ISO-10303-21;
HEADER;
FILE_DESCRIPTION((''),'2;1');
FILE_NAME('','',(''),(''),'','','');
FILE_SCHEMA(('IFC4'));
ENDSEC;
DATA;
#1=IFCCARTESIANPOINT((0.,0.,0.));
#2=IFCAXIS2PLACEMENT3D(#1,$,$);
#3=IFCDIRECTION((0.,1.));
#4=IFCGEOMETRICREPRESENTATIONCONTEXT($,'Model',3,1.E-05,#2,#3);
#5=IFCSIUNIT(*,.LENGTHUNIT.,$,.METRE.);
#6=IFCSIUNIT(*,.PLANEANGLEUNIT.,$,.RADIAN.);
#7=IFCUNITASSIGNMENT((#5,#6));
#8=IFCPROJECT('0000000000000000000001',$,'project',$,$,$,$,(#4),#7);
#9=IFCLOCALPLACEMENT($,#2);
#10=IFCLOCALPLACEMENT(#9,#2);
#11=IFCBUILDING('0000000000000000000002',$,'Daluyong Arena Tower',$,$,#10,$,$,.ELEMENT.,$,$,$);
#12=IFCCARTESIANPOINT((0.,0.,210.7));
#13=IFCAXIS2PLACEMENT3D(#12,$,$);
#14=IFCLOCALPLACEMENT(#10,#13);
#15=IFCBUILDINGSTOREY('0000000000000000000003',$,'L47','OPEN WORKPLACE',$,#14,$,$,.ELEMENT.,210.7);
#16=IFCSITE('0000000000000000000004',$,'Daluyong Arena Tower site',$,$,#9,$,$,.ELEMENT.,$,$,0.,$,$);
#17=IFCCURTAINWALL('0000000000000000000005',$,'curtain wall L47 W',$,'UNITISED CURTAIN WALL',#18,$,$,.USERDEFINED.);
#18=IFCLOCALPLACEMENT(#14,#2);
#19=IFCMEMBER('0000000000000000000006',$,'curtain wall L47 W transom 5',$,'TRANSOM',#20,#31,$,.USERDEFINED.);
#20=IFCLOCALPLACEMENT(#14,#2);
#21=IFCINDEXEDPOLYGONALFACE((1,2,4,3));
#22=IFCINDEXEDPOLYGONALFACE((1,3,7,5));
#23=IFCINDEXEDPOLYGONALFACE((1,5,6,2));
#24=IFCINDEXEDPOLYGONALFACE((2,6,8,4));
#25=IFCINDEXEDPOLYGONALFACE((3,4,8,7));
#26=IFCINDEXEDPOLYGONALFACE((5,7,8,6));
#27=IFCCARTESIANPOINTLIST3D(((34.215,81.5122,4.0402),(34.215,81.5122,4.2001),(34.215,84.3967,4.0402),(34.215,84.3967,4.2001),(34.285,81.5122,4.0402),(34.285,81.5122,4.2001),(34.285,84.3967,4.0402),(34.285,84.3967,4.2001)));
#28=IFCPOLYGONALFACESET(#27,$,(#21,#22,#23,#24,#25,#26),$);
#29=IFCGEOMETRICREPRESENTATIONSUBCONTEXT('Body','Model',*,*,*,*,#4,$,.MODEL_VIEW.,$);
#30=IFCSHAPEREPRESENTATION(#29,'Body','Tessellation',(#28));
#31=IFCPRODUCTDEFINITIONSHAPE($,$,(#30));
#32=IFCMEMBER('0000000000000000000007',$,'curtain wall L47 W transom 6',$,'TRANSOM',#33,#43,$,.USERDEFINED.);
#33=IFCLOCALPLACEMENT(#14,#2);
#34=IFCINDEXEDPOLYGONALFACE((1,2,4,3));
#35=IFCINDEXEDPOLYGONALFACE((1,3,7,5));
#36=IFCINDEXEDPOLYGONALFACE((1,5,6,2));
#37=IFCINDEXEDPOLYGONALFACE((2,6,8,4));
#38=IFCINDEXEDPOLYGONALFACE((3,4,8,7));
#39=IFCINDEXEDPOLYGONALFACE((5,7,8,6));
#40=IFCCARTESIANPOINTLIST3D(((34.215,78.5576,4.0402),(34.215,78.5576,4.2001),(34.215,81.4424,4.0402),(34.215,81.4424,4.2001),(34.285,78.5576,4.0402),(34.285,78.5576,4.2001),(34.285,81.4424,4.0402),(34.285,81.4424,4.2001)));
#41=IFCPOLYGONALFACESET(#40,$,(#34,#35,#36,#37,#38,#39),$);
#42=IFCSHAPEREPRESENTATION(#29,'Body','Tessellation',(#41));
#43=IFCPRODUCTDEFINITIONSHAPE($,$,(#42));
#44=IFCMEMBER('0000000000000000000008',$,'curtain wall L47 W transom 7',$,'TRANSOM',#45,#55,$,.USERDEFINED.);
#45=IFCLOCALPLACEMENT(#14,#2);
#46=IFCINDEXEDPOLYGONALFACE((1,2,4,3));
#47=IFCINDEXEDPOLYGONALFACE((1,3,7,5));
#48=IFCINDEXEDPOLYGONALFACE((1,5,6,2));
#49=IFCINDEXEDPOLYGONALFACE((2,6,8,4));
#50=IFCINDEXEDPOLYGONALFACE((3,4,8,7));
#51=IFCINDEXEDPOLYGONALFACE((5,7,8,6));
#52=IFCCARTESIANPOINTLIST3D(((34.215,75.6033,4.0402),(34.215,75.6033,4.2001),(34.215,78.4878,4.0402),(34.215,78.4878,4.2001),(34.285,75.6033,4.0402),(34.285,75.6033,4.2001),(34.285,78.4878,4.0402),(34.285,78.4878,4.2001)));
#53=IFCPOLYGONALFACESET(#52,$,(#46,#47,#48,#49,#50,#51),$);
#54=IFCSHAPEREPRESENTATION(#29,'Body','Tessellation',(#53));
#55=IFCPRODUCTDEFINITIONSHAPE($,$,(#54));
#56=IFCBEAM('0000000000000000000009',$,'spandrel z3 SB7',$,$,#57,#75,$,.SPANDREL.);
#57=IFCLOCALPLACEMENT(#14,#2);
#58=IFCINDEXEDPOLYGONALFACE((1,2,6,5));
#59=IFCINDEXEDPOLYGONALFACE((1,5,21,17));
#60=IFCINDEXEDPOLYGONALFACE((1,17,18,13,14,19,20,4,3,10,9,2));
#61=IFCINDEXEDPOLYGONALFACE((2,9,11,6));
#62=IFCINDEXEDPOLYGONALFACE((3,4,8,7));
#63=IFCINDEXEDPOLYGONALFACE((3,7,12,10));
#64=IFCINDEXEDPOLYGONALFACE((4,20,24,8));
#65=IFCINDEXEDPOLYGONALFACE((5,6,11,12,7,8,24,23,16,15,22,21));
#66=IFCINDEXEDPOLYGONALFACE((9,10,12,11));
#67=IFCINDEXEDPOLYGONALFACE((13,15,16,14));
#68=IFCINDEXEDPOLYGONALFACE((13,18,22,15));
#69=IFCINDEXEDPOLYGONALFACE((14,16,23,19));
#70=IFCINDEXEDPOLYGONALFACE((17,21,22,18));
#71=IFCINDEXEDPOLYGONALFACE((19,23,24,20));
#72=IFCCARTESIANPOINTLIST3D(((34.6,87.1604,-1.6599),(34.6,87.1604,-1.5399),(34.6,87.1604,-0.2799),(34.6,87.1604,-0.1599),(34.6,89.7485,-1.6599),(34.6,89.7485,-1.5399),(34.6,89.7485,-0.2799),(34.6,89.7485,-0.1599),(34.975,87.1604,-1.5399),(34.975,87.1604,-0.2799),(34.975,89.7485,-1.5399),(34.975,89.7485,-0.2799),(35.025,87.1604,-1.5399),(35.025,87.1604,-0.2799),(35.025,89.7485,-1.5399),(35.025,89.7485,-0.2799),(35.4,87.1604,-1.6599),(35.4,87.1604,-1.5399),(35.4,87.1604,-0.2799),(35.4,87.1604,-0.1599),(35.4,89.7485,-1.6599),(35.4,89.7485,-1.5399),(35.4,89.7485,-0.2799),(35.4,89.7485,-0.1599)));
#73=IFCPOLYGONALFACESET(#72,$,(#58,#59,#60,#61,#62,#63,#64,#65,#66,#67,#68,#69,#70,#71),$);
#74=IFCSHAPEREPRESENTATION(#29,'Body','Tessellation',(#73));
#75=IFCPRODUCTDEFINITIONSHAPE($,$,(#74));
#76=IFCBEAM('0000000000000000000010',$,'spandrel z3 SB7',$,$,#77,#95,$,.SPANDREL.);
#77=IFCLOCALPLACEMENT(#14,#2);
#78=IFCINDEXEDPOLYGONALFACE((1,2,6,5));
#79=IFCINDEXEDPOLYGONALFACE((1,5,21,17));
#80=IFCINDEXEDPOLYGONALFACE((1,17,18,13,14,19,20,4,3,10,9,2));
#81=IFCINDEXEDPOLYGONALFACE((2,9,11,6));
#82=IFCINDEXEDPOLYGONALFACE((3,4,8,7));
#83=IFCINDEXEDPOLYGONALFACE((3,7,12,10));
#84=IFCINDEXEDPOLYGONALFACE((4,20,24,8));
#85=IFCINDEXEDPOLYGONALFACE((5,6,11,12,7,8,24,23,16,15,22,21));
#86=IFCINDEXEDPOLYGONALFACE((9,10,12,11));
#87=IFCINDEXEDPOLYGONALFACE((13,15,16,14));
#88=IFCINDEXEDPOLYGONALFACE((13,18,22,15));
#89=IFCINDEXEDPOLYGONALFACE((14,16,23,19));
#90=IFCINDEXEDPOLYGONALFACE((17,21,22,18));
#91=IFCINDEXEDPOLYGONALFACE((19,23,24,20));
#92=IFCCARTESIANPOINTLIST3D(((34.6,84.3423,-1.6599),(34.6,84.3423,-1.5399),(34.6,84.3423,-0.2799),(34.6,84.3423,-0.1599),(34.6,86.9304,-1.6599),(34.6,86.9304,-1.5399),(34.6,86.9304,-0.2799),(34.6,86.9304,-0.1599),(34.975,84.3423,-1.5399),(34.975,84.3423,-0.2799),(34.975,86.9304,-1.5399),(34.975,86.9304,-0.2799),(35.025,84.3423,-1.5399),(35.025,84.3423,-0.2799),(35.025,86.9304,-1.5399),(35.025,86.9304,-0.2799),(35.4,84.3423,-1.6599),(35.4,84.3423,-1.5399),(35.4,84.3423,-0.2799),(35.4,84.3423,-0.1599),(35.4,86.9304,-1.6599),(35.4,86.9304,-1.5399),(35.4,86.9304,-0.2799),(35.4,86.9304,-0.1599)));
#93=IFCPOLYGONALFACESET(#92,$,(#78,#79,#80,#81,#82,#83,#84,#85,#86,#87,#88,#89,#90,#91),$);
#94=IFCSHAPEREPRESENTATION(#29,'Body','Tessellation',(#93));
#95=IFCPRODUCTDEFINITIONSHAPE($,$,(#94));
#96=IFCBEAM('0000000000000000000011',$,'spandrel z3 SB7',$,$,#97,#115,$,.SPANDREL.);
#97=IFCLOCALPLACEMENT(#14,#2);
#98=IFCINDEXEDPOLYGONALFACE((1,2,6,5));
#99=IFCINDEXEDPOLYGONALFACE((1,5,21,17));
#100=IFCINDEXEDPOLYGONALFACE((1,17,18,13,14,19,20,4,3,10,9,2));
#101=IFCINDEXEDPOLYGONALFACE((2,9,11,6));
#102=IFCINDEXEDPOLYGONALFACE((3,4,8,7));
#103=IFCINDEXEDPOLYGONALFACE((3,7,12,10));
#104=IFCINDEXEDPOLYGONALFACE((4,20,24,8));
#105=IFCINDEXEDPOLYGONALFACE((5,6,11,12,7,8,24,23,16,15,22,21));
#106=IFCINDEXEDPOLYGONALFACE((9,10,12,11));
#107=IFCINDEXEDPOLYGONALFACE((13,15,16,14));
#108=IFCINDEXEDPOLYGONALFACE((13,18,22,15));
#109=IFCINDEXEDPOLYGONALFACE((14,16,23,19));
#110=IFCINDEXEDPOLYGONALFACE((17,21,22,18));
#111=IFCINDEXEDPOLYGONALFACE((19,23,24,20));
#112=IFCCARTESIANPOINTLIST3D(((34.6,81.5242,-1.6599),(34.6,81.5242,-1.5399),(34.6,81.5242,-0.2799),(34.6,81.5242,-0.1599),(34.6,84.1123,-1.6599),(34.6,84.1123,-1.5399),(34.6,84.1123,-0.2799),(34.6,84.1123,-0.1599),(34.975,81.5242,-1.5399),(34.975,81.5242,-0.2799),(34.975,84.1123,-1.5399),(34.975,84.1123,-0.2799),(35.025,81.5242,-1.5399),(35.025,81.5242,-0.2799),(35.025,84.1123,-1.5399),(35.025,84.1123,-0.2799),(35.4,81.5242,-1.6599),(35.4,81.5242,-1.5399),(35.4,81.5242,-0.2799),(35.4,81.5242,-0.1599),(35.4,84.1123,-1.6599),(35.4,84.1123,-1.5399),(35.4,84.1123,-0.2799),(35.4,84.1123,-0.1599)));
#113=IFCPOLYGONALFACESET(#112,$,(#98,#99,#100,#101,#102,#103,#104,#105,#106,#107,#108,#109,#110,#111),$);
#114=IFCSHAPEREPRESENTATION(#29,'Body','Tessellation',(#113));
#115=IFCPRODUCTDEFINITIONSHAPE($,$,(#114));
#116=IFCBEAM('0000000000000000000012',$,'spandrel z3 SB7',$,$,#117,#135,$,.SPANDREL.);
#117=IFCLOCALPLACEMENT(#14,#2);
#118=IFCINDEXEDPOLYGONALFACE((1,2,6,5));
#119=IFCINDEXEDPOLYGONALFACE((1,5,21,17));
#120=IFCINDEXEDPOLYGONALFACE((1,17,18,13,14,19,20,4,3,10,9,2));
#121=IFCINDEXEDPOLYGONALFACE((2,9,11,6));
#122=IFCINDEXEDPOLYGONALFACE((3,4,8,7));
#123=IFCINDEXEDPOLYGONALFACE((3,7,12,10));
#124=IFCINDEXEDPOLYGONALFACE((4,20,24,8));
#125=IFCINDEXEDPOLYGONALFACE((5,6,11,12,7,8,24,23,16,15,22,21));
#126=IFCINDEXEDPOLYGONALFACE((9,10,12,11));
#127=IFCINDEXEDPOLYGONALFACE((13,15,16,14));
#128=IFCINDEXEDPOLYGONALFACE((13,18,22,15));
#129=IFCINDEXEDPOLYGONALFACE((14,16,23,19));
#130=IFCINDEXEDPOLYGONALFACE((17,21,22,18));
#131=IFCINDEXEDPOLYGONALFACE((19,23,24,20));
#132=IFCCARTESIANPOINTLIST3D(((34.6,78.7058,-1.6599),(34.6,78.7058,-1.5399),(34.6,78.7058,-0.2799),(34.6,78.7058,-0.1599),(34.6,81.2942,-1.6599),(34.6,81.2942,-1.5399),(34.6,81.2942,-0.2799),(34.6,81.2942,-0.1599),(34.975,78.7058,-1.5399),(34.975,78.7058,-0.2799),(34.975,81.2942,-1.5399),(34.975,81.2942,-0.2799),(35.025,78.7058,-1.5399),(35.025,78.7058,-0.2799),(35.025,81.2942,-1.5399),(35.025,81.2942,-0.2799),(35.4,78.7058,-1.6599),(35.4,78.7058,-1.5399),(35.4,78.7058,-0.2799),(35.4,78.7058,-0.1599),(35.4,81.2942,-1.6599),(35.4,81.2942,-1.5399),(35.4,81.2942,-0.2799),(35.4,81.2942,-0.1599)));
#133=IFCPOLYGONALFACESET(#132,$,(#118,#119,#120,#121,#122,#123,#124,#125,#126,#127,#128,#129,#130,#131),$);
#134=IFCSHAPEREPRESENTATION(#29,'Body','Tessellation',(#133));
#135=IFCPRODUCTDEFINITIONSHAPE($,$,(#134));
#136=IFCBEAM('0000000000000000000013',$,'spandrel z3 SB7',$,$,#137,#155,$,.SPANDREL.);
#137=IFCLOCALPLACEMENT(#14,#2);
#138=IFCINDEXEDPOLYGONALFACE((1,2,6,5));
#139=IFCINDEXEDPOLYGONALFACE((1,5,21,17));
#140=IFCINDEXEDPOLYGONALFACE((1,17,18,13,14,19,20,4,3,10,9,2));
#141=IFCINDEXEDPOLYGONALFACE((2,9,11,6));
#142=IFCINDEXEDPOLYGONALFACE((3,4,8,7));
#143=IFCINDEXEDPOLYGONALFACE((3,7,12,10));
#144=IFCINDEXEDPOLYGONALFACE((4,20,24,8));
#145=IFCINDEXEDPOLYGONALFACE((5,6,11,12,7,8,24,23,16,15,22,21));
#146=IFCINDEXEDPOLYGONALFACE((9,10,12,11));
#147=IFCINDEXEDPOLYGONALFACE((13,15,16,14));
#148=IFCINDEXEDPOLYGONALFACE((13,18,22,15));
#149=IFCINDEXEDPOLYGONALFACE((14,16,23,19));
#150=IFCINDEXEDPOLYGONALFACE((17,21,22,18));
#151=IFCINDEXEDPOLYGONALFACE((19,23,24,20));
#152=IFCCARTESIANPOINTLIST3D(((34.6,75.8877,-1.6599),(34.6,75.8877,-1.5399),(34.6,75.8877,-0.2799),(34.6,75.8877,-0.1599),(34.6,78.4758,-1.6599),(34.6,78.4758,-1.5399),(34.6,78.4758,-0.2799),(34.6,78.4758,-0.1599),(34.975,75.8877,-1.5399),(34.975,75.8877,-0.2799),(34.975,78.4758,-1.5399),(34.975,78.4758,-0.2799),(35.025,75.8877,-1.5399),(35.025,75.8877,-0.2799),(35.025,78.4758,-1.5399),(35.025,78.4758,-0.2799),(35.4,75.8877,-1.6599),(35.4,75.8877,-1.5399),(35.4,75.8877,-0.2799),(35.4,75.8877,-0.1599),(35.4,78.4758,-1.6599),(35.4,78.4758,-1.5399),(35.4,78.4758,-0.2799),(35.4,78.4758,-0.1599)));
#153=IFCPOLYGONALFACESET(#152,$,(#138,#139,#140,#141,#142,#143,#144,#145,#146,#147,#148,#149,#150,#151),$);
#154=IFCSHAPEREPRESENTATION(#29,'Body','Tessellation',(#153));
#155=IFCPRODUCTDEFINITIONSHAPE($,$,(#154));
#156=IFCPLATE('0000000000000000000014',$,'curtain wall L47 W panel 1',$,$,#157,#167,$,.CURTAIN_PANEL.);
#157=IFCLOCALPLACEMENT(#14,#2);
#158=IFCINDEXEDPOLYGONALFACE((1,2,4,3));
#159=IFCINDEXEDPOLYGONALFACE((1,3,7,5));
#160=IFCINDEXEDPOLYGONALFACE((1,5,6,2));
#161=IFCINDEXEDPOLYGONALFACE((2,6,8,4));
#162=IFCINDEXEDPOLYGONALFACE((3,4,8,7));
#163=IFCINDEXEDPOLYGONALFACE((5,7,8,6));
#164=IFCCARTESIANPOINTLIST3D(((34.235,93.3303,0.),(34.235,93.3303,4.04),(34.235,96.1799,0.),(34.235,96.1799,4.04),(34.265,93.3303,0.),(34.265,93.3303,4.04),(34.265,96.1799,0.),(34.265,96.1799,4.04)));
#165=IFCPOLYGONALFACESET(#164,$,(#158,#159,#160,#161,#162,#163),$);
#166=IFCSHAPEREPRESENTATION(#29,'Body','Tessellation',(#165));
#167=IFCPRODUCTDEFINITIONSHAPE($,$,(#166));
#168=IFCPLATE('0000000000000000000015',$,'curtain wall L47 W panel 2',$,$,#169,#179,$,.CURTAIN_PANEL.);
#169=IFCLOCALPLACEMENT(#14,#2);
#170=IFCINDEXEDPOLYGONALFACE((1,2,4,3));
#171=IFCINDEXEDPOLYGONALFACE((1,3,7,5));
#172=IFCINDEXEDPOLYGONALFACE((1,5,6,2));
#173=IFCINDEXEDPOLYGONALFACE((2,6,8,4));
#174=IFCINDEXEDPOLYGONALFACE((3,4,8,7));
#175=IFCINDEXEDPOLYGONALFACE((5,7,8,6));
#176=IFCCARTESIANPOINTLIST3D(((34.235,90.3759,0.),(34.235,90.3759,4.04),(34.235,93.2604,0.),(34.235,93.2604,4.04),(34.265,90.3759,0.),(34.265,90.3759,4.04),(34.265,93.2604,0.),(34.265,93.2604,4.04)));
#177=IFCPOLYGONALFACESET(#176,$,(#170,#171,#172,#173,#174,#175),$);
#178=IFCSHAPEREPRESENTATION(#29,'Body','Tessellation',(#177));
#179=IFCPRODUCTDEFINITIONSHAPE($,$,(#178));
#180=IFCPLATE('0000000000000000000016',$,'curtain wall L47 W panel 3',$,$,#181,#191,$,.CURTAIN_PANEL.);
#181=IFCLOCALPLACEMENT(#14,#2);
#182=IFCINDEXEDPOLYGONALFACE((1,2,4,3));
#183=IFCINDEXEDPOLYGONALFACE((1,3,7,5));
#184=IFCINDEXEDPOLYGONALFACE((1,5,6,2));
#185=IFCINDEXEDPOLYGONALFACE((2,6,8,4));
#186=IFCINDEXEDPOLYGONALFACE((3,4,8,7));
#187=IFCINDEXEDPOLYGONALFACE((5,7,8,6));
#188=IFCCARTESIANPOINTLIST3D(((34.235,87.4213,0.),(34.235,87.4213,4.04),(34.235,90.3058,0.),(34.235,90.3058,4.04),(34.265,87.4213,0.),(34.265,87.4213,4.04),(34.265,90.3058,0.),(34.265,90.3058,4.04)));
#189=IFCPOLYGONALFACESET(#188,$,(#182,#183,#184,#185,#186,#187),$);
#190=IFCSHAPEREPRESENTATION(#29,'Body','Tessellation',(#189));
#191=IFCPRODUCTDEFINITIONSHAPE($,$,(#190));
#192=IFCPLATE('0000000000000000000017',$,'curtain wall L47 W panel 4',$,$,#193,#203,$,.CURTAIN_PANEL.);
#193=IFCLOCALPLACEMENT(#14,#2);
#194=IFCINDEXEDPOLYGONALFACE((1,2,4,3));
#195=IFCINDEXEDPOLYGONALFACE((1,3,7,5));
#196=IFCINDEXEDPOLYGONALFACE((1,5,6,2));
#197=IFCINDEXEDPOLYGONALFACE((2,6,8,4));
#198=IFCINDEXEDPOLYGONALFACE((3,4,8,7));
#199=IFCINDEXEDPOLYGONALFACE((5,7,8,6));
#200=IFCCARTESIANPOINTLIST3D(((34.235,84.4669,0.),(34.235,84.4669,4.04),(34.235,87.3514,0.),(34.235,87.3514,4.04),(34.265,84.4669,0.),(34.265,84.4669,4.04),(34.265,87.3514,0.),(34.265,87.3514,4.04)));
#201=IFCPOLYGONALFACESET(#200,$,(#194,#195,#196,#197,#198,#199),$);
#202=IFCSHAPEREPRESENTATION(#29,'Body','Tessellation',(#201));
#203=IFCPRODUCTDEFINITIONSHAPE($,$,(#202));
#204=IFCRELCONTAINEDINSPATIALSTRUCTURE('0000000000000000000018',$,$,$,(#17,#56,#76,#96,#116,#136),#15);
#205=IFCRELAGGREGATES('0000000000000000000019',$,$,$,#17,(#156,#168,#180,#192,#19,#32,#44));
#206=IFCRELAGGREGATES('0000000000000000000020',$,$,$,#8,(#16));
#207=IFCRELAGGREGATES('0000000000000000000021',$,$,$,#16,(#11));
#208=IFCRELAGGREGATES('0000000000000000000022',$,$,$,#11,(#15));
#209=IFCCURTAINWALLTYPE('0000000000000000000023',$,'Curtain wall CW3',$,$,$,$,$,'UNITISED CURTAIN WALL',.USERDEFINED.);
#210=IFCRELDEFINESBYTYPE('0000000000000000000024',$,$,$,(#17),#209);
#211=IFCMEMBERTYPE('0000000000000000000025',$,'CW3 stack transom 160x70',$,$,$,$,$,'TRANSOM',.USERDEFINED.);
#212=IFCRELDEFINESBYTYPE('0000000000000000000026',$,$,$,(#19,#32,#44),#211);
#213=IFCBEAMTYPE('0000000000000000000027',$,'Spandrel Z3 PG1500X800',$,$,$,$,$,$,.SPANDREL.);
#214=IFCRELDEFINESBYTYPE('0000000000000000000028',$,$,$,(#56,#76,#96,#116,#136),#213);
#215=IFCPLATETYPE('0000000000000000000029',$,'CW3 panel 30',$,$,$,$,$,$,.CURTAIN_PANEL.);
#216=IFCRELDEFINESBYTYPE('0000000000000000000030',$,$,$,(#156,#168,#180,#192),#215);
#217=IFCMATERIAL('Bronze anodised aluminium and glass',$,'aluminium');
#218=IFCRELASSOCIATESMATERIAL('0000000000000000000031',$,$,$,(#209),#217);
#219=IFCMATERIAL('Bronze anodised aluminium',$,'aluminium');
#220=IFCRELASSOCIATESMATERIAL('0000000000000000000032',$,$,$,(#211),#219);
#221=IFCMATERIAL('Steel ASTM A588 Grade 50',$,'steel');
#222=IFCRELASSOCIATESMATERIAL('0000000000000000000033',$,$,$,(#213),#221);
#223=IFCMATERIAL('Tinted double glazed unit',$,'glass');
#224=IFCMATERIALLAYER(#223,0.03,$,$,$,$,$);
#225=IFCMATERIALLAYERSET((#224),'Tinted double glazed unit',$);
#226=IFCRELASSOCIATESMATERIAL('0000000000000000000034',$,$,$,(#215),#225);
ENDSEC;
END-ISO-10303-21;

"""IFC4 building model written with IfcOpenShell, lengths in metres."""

from ifc_helpers import new_model, si_unit, direction, frame, origin, origin_2d, place, context, subcontext, project, spatial, rectangle, i_section, extrude, material, layer, layer_set, material_profile, profile_set, type_object, element, aggregate, save


model = new_model("IFC4")

# Units and contexts
model_context = context("Model", 3, precision=1e-05, world=origin(), true_north=direction((0.0, 1.0)))
body_context = subcontext(model_context, "Body", "Model", "MODEL_VIEW")
ifc_project = project(units=[si_unit("LENGTHUNIT", "METRE"), si_unit("PLANEANGLEUNIT", "RADIAN")], contexts=[model_context])

# Site, building, storey
site_placement = place(None, origin())
site = spatial("IfcSite", under=ifc_project, at=site_placement, Name="Daluyong Arena Tower site", CompositionType="ELEMENT", RefElevation=0.0)
building_placement = place(site_placement, origin())
building = spatial("IfcBuilding", under=site, at=building_placement, Name="Daluyong Arena Tower", CompositionType="ELEMENT")
storey_placement = place(building_placement, frame((0.0, 0.0, 210.7)))
storey = spatial("IfcBuildingStorey", under=building, at=storey_placement, Name="L47", Description="OPEN WORKPLACE", CompositionType="ELEMENT", Elevation=210.7)

# Curtain wall, members
ifc_material_1 = material(Name="Bronze anodised aluminium and glass", Category="aluminium")
curtain_wall_type = type_object("IfcCurtainWallType", Name="Curtain wall CW3", ElementType="UNITISED CURTAIN WALL", PredefinedType="USERDEFINED", material=ifc_material_1)
curtain_wall_placement = place(storey_placement, origin())
curtain_wall = element("IfcCurtainWall", 1, at=curtain_wall_placement, inside=storey, type_object=curtain_wall_type, Name="curtain wall L47 W", ObjectType="UNITISED CURTAIN WALL", PredefinedType="USERDEFINED")
ifc_material_2 = material(Name="Bronze anodised aluminium", Category="aluminium")
ifc_material_profile_1 = material_profile(ifc_material_2, rectangle(XDim=0.0701, YDim=0.1599, at=origin_2d()))
ifc_profile_set_1 = profile_set([ifc_material_profile_1], Name="Bronze anodised aluminium")
member_type_1 = type_object("IfcMemberType", Name="CW3 stack transom 160x70", ElementType="TRANSOM", PredefinedType="USERDEFINED", material=ifc_profile_set_1)
member_1_placement = place(storey_placement, frame((34.25, 84.3967, 4.1201), z_axis=(0.0, -1.0, 0.0), x_axis=(1.0, 0.0, 0.0)))
member_1 = element("IfcMember", 2, at=member_1_placement, type_object=member_type_1, Name="curtain wall L47 W transom 5", ObjectType="TRANSOM", PredefinedType="USERDEFINED", context=body_context, shape_type="SweptSolid", body=[
    extrude(rectangle(XDim=0.0701, YDim=0.1599, at=origin_2d()), origin(), (0.0, 0.0, 1.0), 2.8845),
])
member_2_placement = place(storey_placement, frame((34.25, 81.4424, 4.1201), z_axis=(0.0, -1.0, 0.0), x_axis=(1.0, 0.0, 0.0)))
member_2 = element("IfcMember", 3, at=member_2_placement, type_object=member_type_1, Name="curtain wall L47 W transom 6", ObjectType="TRANSOM", PredefinedType="USERDEFINED", context=body_context, shape_type="SweptSolid", body=[
    extrude(rectangle(XDim=0.0701, YDim=0.1599, at=origin_2d()), origin(), (0.0, 0.0, 1.0), 2.8848),
])
member_3_placement = place(storey_placement, frame((34.25, 78.4878, 4.1201), z_axis=(0.0, -1.0, 0.0), x_axis=(1.0, 0.0, 0.0)))
member_3 = element("IfcMember", 4, at=member_3_placement, type_object=member_type_1, Name="curtain wall L47 W transom 7", ObjectType="TRANSOM", PredefinedType="USERDEFINED", context=body_context, shape_type="SweptSolid", body=[
    extrude(rectangle(XDim=0.0701, YDim=0.1599, at=origin_2d()), origin(), (0.0, 0.0, 1.0), 2.8845),
])

# Beams
ifc_material_3 = material(Name="Steel ASTM A588 Grade 50", Category="steel")
ifc_material_profile_2 = material_profile(ifc_material_3, i_section(OverallWidth=0.8, OverallDepth=1.5, WebThickness=0.05, FlangeThickness=0.12, at=origin_2d()))
ifc_profile_set_2 = profile_set([ifc_material_profile_2], Name="Steel ASTM A588 Grade 50")
beam_type = type_object("IfcBeamType", Name="Spandrel Z3 PG1500X800", PredefinedType="SPANDREL", material=ifc_profile_set_2)
for number, where, z_axis, x_axis, name in (
    (5, (35.0, 89.7485, -0.9099), (0.0, -1.0, 0.0), (1.0, 0.0, 0.0), "spandrel z3 SB7"),
    (6, (35.0, 86.9304, -0.9099), (0.0, -1.0, 0.0), (1.0, 0.0, 0.0), "spandrel z3 SB7"),
    (7, (35.0, 84.1123, -0.9099), (0.0, -1.0, 0.0), (1.0, 0.0, 0.0), "spandrel z3 SB7"),
):
    element("IfcBeam", number, at=place(storey_placement, frame(where, z_axis=z_axis, x_axis=x_axis)), inside=storey, type_object=beam_type, Name=name, PredefinedType="SPANDREL", context=body_context, shape_type="SweptSolid", body=[
        extrude(i_section(OverallWidth=0.8, OverallDepth=1.5, WebThickness=0.05, FlangeThickness=0.12, at=origin_2d()), origin(), (0.0, 0.0, 1.0), 2.5881),
    ])
beam_1_placement = place(storey_placement, frame((35.0, 81.2942, -0.9099), z_axis=(0.0, -1.0, 0.0), x_axis=(1.0, 0.0, 0.0)))
element("IfcBeam", 8, at=beam_1_placement, inside=storey, type_object=beam_type, Name="spandrel z3 SB7", PredefinedType="SPANDREL", context=body_context, shape_type="SweptSolid", body=[
    extrude(i_section(OverallWidth=0.8, OverallDepth=1.5, WebThickness=0.05, FlangeThickness=0.12, at=origin_2d()), origin(), (0.0, 0.0, 1.0), 2.5884),
])
beam_2_placement = place(storey_placement, frame((35.0, 78.4758, -0.9099), z_axis=(0.0, -1.0, 0.0), x_axis=(1.0, 0.0, 0.0)))
element("IfcBeam", 9, at=beam_2_placement, inside=storey, type_object=beam_type, Name="spandrel z3 SB7", PredefinedType="SPANDREL", context=body_context, shape_type="SweptSolid", body=[
    extrude(i_section(OverallWidth=0.8, OverallDepth=1.5, WebThickness=0.05, FlangeThickness=0.12, at=origin_2d()), origin(), (0.0, 0.0, 1.0), 2.5881),
])

# Plates
ifc_material_4 = material(Name="Tinted double glazed unit", Category="glass")
ifc_layer = layer(ifc_material_4, 0.03)
ifc_layer_set = layer_set([ifc_layer], Name="Tinted double glazed unit")
plate_type = type_object("IfcPlateType", Name="CW3 panel 30", PredefinedType="CURTAIN_PANEL", material=ifc_layer_set)
plate_1_placement = place(storey_placement, frame((34.25, 94.7551, 0.0), z_axis=(0.0, 0.0, 1.0), x_axis=(0.0, -1.0, 0.0)))
plate_1 = element("IfcPlate", 10, at=plate_1_placement, type_object=plate_type, Name="curtain wall L47 W panel 1", PredefinedType="CURTAIN_PANEL", context=body_context, shape_type="SweptSolid", body=[
    extrude(rectangle(XDim=2.8496, YDim=0.03, at=origin_2d()), origin(), (0.0, 0.0, 1.0), 4.04),
])
plate_2_placement = place(storey_placement, frame((34.25, 91.8181, 0.0), z_axis=(0.0, 0.0, 1.0), x_axis=(0.0, -1.0, 0.0)))
plate_2 = element("IfcPlate", 11, at=plate_2_placement, type_object=plate_type, Name="curtain wall L47 W panel 2", PredefinedType="CURTAIN_PANEL", context=body_context, shape_type="SweptSolid", body=[
    extrude(rectangle(XDim=2.8845, YDim=0.03, at=origin_2d()), origin(), (0.0, 0.0, 1.0), 4.04),
])
plate_3_placement = place(storey_placement, frame((34.25, 88.8635, 0.0), z_axis=(0.0, 0.0, 1.0), x_axis=(0.0, -1.0, 0.0)))
plate_3 = element("IfcPlate", 12, at=plate_3_placement, type_object=plate_type, Name="curtain wall L47 W panel 3", PredefinedType="CURTAIN_PANEL", context=body_context, shape_type="SweptSolid", body=[
    extrude(rectangle(XDim=2.8845, YDim=0.03, at=origin_2d()), origin(), (0.0, 0.0, 1.0), 4.04),
])
plate_4_placement = place(storey_placement, frame((34.25, 85.9092, 0.0), z_axis=(0.0, 0.0, 1.0), x_axis=(0.0, -1.0, 0.0)))
plate_4 = element("IfcPlate", 13, at=plate_4_placement, type_object=plate_type, Name="curtain wall L47 W panel 4", PredefinedType="CURTAIN_PANEL", context=body_context, shape_type="SweptSolid", body=[
    extrude(rectangle(XDim=2.8845, YDim=0.03, at=origin_2d()), origin(), (0.0, 0.0, 1.0), 4.04),
])
aggregate(curtain_wall, [plate_1, plate_2, plate_3, plate_4, member_1, member_2, member_3])

save(model, "model.ifc")
